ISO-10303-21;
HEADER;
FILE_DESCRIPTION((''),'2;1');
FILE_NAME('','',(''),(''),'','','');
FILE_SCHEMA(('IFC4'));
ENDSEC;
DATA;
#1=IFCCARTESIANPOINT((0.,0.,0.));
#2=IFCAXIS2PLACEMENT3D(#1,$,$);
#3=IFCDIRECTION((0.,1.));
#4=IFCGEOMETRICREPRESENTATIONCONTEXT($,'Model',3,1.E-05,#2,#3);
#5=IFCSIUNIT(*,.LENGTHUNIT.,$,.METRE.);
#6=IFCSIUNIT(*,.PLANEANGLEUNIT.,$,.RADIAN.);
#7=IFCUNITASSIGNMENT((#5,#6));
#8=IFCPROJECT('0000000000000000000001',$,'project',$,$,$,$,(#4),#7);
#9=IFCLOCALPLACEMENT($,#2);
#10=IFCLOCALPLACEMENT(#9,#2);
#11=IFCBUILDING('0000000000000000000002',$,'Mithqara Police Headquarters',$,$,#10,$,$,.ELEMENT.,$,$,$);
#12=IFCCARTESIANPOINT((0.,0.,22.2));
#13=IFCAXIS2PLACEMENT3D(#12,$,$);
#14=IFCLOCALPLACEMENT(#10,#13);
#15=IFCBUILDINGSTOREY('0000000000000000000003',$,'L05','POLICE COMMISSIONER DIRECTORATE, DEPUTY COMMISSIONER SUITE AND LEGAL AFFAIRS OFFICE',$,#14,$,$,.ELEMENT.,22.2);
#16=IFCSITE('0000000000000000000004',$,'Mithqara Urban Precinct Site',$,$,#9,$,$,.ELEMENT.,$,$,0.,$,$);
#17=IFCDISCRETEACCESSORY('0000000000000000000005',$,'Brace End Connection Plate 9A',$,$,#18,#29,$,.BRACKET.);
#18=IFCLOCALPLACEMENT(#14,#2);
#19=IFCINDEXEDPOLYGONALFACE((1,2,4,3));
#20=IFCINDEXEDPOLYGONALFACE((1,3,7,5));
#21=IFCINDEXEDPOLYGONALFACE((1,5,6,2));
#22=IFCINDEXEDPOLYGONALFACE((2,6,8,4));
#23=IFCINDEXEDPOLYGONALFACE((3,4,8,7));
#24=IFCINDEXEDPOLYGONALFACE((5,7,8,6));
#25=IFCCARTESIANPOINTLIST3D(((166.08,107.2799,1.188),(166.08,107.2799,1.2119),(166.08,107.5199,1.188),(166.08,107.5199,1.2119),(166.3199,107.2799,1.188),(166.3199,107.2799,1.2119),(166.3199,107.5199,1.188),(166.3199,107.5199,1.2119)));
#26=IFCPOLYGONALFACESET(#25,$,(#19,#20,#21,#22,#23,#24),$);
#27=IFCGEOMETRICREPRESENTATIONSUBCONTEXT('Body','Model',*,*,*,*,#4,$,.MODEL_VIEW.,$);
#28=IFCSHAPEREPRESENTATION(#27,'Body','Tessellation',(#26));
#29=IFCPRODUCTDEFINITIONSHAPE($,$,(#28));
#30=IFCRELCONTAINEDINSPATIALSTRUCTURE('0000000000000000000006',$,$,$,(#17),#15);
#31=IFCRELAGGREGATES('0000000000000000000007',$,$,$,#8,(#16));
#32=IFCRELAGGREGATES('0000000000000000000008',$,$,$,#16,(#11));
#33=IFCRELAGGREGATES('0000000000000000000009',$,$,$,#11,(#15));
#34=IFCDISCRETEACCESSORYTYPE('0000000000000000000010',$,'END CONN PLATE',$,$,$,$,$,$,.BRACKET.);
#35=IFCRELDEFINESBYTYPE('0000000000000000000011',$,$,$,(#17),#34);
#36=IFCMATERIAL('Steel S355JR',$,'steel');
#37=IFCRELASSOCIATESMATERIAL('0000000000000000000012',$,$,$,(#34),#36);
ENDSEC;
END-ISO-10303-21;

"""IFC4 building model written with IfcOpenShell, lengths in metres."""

from ifc_helpers import new_model, si_unit, direction, frame, origin, origin_2d, place, context, subcontext, project, spatial, rectangle, extrude, material, type_object, element, save


model = new_model("IFC4")

# Units and contexts
model_context = context("Model", 3, precision=1e-05, world=origin(), true_north=direction((0.0, 1.0)))
body_context = subcontext(model_context, "Body", "Model", "MODEL_VIEW")
ifc_project = project(units=[si_unit("LENGTHUNIT", "METRE"), si_unit("PLANEANGLEUNIT", "RADIAN")], contexts=[model_context])

# Site, building, storey
site_placement = place(None, origin())
site = spatial("IfcSite", under=ifc_project, at=site_placement, Name="Mithqara Urban Precinct Site", CompositionType="ELEMENT", RefElevation=0.0)
building_placement = place(site_placement, origin())
building = spatial("IfcBuilding", under=site, at=building_placement, Name="Mithqara Police Headquarters", CompositionType="ELEMENT")
storey_placement = place(building_placement, frame((0.0, 0.0, 22.2)))
storey = spatial("IfcBuildingStorey", under=building, at=storey_placement, Name="L05", Description="POLICE COMMISSIONER DIRECTORATE, DEPUTY COMMISSIONER SUITE AND LEGAL AFFAIRS OFFICE", CompositionType="ELEMENT", Elevation=22.2)

# Shared definitions
ifc_material_1 = material(Name="Steel S355JR", Category="steel")

# Discrete accessory
discrete_accessory_type = type_object("IfcDiscreteAccessoryType", Name="END CONN PLATE", PredefinedType="BRACKET", material=ifc_material_1)
for number, where, z_axis, x_axis, name in (
    (1, (166.2, 107.3999, 1.188), (0.0, 0.0, 1.0), (1.0, 0.0, 0.0), "Brace End Connection Plate 9A"),
):
    element("IfcDiscreteAccessory", number, at=place(storey_placement, frame(where, z_axis=z_axis, x_axis=x_axis)), inside=storey, type_object=discrete_accessory_type, Name=name, PredefinedType="BRACKET", context=body_context, shape_type="SweptSolid", body=[
        extrude(rectangle(XDim=0.24, YDim=0.24, at=origin_2d()), origin(), (0.0, 0.0, 1.0), 0.0239),
    ])

save(model, "model.ifc")
